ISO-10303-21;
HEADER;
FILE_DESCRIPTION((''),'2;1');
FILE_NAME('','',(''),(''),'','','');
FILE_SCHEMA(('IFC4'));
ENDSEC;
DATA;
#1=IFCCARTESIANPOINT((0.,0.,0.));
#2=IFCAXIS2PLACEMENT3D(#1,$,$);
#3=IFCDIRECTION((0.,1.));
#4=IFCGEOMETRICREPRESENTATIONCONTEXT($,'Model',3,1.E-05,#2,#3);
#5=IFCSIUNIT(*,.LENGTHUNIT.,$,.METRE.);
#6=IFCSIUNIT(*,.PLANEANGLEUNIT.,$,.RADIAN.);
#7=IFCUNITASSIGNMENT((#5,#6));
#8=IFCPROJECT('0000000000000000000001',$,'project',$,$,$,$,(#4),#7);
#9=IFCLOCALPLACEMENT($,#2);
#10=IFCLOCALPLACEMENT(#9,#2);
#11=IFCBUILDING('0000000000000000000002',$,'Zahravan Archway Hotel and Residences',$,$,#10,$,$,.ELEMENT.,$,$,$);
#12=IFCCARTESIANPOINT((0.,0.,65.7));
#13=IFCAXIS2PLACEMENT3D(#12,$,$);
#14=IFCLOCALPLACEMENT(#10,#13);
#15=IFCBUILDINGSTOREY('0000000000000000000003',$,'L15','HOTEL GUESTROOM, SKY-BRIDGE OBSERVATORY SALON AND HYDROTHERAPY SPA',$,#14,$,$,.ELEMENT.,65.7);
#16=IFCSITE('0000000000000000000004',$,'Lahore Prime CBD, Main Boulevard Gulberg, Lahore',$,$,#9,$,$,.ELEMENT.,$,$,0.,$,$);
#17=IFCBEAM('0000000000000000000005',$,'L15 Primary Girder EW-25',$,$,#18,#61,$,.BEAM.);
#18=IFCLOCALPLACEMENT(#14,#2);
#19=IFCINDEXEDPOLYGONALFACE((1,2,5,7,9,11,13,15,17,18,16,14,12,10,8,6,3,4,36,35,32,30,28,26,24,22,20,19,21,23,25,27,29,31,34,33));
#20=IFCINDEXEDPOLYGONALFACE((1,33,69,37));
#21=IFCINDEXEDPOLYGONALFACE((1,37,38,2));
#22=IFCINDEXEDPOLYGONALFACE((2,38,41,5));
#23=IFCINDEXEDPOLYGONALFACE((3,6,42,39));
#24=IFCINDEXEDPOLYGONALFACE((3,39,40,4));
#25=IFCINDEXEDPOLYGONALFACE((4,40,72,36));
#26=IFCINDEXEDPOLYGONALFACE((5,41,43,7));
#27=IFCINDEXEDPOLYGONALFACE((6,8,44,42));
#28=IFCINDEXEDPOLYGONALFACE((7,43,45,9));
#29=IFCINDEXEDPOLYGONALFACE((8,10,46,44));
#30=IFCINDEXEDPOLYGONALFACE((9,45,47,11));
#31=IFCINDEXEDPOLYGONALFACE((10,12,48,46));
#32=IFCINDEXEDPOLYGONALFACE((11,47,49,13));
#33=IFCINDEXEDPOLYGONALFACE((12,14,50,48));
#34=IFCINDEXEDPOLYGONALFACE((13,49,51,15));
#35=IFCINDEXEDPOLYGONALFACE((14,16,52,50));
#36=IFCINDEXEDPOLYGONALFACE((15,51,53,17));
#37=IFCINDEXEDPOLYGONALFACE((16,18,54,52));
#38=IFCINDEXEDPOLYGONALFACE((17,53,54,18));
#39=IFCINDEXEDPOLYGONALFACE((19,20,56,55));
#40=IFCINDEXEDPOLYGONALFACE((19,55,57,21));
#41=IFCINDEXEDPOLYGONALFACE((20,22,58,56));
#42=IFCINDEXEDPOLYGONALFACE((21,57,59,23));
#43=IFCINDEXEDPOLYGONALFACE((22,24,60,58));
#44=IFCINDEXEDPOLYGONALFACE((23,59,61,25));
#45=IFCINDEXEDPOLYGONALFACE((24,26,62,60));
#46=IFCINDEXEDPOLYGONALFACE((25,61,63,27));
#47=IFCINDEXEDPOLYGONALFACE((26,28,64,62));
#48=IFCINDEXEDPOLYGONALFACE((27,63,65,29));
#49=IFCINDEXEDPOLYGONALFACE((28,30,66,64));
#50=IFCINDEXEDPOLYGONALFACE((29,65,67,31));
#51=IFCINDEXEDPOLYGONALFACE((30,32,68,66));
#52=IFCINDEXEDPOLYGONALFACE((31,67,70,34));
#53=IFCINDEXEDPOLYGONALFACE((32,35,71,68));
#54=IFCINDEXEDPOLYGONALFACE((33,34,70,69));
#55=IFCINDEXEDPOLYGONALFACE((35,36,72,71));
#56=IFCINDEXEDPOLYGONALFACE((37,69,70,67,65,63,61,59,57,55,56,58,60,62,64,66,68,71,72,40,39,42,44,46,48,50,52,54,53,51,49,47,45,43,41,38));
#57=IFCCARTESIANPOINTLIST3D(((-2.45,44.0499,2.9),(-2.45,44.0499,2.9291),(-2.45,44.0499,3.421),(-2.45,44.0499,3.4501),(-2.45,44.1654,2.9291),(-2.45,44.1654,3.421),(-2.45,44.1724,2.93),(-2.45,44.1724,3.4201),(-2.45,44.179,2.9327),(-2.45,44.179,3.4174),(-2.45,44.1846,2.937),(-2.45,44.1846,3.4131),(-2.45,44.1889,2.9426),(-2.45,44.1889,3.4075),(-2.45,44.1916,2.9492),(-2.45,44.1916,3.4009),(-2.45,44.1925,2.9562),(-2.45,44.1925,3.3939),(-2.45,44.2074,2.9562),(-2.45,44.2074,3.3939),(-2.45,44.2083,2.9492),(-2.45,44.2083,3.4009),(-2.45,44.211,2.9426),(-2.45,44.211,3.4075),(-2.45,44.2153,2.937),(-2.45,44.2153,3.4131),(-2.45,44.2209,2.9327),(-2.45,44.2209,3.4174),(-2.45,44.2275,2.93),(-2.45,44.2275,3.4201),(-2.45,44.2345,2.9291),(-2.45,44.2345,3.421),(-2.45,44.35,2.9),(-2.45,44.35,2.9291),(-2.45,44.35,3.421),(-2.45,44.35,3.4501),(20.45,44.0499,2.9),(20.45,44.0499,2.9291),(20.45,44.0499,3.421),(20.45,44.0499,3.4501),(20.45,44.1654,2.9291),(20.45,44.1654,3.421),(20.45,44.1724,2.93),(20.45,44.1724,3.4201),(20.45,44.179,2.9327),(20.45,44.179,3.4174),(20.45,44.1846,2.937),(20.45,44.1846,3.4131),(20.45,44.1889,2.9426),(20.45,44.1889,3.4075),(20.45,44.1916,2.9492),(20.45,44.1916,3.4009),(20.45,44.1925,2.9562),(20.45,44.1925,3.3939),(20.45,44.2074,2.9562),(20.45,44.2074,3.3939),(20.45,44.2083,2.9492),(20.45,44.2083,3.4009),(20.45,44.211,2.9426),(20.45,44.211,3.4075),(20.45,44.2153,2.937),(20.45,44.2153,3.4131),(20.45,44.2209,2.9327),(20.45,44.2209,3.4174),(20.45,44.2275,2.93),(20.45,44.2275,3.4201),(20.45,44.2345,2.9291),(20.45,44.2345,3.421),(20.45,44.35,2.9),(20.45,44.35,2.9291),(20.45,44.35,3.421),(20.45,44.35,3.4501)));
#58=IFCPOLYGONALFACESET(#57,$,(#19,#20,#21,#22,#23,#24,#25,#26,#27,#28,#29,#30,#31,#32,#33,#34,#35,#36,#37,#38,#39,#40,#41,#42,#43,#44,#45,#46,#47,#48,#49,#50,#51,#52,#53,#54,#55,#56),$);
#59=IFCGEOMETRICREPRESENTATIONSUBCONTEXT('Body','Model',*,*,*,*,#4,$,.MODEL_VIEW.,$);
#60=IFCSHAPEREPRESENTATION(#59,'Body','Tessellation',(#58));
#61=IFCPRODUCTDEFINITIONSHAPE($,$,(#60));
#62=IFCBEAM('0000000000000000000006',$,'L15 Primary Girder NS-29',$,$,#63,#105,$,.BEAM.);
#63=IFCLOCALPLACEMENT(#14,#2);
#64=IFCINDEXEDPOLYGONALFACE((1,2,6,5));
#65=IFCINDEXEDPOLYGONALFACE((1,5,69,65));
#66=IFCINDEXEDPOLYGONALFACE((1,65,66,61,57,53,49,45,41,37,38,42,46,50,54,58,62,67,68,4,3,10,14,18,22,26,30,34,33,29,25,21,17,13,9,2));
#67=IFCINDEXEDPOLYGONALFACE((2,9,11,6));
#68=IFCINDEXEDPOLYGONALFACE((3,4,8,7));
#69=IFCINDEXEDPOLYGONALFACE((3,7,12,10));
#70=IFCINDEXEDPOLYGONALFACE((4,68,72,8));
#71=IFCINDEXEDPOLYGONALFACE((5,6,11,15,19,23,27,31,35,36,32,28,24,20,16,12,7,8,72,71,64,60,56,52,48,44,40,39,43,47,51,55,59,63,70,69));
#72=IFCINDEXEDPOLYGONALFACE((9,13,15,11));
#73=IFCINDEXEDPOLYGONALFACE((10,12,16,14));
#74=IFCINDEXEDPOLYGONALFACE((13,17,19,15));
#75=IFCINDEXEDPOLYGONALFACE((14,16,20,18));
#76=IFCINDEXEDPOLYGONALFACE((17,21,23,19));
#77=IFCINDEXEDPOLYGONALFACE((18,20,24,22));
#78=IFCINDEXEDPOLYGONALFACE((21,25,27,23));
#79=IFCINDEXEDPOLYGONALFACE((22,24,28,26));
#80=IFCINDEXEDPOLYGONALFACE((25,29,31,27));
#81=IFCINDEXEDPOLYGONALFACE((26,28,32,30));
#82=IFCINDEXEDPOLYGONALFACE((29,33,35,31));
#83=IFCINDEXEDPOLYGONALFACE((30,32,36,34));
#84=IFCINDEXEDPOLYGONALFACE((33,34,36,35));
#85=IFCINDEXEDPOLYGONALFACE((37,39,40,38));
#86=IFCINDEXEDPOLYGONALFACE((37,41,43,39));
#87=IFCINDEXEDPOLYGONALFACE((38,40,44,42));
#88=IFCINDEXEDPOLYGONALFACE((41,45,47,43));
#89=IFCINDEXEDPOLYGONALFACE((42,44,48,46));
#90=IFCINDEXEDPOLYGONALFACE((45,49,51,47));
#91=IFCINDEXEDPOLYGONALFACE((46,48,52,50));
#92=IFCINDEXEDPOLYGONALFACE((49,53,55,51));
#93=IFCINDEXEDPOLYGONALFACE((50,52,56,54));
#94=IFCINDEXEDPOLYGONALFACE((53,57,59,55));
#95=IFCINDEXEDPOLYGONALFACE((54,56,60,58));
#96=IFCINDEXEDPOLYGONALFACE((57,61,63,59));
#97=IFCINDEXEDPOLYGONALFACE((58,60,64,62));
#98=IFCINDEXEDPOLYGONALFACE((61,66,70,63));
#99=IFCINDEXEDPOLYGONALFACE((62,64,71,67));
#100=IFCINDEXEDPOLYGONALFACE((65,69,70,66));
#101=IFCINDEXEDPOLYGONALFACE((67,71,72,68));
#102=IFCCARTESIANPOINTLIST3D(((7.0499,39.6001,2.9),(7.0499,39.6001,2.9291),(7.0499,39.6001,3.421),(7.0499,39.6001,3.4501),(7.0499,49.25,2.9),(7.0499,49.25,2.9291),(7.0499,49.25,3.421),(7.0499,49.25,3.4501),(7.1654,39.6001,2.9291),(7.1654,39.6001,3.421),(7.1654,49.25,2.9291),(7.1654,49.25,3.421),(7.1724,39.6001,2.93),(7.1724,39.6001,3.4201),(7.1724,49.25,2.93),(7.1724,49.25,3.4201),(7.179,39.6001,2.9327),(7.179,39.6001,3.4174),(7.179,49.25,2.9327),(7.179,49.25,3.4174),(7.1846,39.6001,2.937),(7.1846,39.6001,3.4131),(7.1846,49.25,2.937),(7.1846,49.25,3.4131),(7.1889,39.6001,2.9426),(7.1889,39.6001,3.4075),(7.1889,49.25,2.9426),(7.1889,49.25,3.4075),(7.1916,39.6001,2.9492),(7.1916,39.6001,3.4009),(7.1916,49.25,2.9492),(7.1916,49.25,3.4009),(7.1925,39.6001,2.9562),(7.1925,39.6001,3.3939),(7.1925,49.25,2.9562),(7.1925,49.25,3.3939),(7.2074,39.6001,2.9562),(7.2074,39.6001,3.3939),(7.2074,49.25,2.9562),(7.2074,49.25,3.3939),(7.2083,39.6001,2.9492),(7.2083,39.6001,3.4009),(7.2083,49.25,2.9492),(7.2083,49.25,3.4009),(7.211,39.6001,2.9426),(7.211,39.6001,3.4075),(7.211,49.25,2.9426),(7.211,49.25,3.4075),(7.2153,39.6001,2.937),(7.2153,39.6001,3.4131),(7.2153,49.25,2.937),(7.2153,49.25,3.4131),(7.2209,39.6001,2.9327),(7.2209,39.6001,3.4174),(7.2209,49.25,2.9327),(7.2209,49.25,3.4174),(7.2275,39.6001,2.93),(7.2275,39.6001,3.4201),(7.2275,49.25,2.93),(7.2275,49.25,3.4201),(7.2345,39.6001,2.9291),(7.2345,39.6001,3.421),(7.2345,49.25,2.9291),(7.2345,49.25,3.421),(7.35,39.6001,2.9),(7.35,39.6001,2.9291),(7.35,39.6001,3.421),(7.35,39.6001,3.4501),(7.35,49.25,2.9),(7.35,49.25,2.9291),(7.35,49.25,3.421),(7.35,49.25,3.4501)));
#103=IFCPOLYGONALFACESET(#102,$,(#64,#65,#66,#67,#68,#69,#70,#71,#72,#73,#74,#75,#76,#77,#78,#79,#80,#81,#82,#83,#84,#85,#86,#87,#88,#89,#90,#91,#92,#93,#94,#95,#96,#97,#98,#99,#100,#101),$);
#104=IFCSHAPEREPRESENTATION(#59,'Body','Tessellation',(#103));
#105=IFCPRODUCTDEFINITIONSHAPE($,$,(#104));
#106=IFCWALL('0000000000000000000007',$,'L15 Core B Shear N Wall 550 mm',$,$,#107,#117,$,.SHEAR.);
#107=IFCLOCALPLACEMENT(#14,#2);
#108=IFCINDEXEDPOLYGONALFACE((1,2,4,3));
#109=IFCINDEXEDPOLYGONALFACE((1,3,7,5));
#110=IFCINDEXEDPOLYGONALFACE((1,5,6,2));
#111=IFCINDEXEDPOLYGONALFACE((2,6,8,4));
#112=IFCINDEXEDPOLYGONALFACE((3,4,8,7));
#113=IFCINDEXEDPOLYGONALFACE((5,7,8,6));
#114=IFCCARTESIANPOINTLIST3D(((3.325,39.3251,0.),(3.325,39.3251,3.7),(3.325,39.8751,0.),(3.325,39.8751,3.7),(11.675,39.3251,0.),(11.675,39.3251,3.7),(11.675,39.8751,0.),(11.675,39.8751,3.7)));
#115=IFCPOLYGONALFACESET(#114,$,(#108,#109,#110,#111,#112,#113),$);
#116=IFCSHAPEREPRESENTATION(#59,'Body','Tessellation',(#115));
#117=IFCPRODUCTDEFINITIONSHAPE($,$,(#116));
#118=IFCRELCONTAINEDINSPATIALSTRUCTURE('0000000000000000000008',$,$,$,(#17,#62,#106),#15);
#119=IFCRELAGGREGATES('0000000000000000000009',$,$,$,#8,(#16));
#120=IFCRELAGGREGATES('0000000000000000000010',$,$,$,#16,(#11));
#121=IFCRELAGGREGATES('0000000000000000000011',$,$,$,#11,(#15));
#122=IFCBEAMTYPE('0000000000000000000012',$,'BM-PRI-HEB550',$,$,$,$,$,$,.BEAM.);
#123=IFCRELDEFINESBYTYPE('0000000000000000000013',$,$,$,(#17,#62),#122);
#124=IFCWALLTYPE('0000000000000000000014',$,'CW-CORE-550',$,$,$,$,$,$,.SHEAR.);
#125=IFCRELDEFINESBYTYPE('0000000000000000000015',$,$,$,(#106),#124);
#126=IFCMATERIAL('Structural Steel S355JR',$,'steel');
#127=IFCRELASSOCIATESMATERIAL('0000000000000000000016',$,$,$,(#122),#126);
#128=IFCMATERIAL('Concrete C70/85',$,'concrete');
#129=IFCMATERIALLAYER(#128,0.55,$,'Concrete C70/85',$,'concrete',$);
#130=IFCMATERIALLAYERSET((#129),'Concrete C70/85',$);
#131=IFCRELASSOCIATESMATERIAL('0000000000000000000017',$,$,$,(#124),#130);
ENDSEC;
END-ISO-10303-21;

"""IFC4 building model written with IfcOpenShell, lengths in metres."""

from ifc_helpers import new_model, si_unit, direction, frame, frame_2d, origin, origin_2d, place, context, subcontext, project, spatial, rectangle, i_section, extrude, source, transform, mapped, material, layer, layer_set, material_profile, profile_set, type_object, element, save


model = new_model("IFC4")

# Units and contexts
model_context = context("Model", 3, precision=1e-05, world=origin(), true_north=direction((0.0, 1.0)))
body_context = subcontext(model_context, "Body", "Model", "MODEL_VIEW")
ifc_project = project(units=[si_unit("LENGTHUNIT", "METRE"), si_unit("PLANEANGLEUNIT", "RADIAN")], contexts=[model_context])

# Site, building, storey
site_placement = place(None, origin())
site = spatial("IfcSite", under=ifc_project, at=site_placement, Name="Lahore Prime CBD, Main Boulevard Gulberg, Lahore", CompositionType="ELEMENT", RefElevation=0.0)
building_placement = place(site_placement, origin())
building = spatial("IfcBuilding", under=site, at=building_placement, Name="Zahravan Archway Hotel and Residences", CompositionType="ELEMENT")
storey_placement = place(building_placement, frame((0.0, 0.0, 65.7)))
storey = spatial("IfcBuildingStorey", under=building, at=storey_placement, Name="L15", Description="HOTEL GUESTROOM, SKY-BRIDGE OBSERVATORY SALON AND HYDROTHERAPY SPA", CompositionType="ELEMENT", Elevation=65.7)

# Shared definitions
ifc_material_1 = material(Name="Concrete C70/85", Category="concrete")

# Beams
ifc_material_2 = material(Name="Structural Steel S355JR", Category="steel")
ifc_material_profile_1 = material_profile(ifc_material_2, i_section(OverallWidth=0.3, OverallDepth=0.55, WebThickness=0.0149, FlangeThickness=0.0291, FilletRadius=0.0271, at=origin_2d()), Name="HEB 550", Category="steel")
ifc_profile_set_1 = profile_set([ifc_material_profile_1], Name="Structural Steel S355JR")
beam_type_1 = type_object("IfcBeamType", Name="BM-PRI-HEB550", PredefinedType="BEAM", material=ifc_profile_set_1)
shared_shape_1 = source(origin(), body_context, "Body", "SweptSolid", [
    extrude(i_section(OverallWidth=0.3, OverallDepth=0.55, WebThickness=0.0149, FlangeThickness=0.0291, FilletRadius=0.0271, at=origin_2d()), origin(), (0.0, 0.0, 1.0), 22.8999),
])
for number, where, z_axis, x_axis, name in (
    (1, (-2.45, 44.2, 3.175), (1.0, 0.0, 0.0), (0.0, 1.0, 0.0), "L15 Primary Girder EW-25"),
):
    element("IfcBeam", number, at=place(storey_placement, frame(where, z_axis=z_axis, x_axis=x_axis)), inside=storey, type_object=beam_type_1, Name=name, PredefinedType="BEAM", context=body_context, shape_type="MappedRepresentation", body=[
        mapped(shared_shape_1, transform((0.0, 0.0, 0.0), scale=1.0)),
    ])
shared_shape_2 = source(origin(), body_context, "Body", "SweptSolid", [
    extrude(i_section(OverallWidth=0.3, OverallDepth=0.55, WebThickness=0.0149, FlangeThickness=0.0291, FilletRadius=0.0271, at=origin_2d()), origin(), (0.0, 0.0, 1.0), 9.6499),
])
beam_1_placement = place(storey_placement, frame((7.2, 39.6001, 3.175), z_axis=(0.0, 1.0, 0.0), x_axis=(-1.0, 0.0, 0.0)))
element("IfcBeam", 2, at=beam_1_placement, inside=storey, type_object=beam_type_1, Name="L15 Primary Girder NS-29", PredefinedType="BEAM", context=body_context, shape_type="MappedRepresentation", body=[
    mapped(shared_shape_2, transform((0.0, 0.0, 0.0), scale=1.0)),
])

# Wall
ifc_layer_1 = layer(ifc_material_1, 0.55, Name="Concrete C70/85", Category="concrete")
ifc_layer_set_1 = layer_set([ifc_layer_1], Name="Concrete C70/85")
wall_type_1 = type_object("IfcWallType", Name="CW-CORE-550", PredefinedType="SHEAR", material=ifc_layer_set_1)
wall_1_placement = place(storey_placement, frame((3.325, 39.6001, 0.0), z_axis=(0.0, 0.0, 1.0), x_axis=(1.0, 0.0, 0.0)))
element("IfcWall", 3, at=wall_1_placement, inside=storey, type_object=wall_type_1, Name="L15 Core B Shear N Wall 550 mm", PredefinedType="SHEAR", context=body_context, shape_type="SweptSolid", body=[
    extrude(rectangle(XDim=8.3501, YDim=0.55, at=frame_2d((4.175, 0.0))), origin(), (0.0, 0.0, 1.0), 3.7),
])

save(model, "model.ifc")
